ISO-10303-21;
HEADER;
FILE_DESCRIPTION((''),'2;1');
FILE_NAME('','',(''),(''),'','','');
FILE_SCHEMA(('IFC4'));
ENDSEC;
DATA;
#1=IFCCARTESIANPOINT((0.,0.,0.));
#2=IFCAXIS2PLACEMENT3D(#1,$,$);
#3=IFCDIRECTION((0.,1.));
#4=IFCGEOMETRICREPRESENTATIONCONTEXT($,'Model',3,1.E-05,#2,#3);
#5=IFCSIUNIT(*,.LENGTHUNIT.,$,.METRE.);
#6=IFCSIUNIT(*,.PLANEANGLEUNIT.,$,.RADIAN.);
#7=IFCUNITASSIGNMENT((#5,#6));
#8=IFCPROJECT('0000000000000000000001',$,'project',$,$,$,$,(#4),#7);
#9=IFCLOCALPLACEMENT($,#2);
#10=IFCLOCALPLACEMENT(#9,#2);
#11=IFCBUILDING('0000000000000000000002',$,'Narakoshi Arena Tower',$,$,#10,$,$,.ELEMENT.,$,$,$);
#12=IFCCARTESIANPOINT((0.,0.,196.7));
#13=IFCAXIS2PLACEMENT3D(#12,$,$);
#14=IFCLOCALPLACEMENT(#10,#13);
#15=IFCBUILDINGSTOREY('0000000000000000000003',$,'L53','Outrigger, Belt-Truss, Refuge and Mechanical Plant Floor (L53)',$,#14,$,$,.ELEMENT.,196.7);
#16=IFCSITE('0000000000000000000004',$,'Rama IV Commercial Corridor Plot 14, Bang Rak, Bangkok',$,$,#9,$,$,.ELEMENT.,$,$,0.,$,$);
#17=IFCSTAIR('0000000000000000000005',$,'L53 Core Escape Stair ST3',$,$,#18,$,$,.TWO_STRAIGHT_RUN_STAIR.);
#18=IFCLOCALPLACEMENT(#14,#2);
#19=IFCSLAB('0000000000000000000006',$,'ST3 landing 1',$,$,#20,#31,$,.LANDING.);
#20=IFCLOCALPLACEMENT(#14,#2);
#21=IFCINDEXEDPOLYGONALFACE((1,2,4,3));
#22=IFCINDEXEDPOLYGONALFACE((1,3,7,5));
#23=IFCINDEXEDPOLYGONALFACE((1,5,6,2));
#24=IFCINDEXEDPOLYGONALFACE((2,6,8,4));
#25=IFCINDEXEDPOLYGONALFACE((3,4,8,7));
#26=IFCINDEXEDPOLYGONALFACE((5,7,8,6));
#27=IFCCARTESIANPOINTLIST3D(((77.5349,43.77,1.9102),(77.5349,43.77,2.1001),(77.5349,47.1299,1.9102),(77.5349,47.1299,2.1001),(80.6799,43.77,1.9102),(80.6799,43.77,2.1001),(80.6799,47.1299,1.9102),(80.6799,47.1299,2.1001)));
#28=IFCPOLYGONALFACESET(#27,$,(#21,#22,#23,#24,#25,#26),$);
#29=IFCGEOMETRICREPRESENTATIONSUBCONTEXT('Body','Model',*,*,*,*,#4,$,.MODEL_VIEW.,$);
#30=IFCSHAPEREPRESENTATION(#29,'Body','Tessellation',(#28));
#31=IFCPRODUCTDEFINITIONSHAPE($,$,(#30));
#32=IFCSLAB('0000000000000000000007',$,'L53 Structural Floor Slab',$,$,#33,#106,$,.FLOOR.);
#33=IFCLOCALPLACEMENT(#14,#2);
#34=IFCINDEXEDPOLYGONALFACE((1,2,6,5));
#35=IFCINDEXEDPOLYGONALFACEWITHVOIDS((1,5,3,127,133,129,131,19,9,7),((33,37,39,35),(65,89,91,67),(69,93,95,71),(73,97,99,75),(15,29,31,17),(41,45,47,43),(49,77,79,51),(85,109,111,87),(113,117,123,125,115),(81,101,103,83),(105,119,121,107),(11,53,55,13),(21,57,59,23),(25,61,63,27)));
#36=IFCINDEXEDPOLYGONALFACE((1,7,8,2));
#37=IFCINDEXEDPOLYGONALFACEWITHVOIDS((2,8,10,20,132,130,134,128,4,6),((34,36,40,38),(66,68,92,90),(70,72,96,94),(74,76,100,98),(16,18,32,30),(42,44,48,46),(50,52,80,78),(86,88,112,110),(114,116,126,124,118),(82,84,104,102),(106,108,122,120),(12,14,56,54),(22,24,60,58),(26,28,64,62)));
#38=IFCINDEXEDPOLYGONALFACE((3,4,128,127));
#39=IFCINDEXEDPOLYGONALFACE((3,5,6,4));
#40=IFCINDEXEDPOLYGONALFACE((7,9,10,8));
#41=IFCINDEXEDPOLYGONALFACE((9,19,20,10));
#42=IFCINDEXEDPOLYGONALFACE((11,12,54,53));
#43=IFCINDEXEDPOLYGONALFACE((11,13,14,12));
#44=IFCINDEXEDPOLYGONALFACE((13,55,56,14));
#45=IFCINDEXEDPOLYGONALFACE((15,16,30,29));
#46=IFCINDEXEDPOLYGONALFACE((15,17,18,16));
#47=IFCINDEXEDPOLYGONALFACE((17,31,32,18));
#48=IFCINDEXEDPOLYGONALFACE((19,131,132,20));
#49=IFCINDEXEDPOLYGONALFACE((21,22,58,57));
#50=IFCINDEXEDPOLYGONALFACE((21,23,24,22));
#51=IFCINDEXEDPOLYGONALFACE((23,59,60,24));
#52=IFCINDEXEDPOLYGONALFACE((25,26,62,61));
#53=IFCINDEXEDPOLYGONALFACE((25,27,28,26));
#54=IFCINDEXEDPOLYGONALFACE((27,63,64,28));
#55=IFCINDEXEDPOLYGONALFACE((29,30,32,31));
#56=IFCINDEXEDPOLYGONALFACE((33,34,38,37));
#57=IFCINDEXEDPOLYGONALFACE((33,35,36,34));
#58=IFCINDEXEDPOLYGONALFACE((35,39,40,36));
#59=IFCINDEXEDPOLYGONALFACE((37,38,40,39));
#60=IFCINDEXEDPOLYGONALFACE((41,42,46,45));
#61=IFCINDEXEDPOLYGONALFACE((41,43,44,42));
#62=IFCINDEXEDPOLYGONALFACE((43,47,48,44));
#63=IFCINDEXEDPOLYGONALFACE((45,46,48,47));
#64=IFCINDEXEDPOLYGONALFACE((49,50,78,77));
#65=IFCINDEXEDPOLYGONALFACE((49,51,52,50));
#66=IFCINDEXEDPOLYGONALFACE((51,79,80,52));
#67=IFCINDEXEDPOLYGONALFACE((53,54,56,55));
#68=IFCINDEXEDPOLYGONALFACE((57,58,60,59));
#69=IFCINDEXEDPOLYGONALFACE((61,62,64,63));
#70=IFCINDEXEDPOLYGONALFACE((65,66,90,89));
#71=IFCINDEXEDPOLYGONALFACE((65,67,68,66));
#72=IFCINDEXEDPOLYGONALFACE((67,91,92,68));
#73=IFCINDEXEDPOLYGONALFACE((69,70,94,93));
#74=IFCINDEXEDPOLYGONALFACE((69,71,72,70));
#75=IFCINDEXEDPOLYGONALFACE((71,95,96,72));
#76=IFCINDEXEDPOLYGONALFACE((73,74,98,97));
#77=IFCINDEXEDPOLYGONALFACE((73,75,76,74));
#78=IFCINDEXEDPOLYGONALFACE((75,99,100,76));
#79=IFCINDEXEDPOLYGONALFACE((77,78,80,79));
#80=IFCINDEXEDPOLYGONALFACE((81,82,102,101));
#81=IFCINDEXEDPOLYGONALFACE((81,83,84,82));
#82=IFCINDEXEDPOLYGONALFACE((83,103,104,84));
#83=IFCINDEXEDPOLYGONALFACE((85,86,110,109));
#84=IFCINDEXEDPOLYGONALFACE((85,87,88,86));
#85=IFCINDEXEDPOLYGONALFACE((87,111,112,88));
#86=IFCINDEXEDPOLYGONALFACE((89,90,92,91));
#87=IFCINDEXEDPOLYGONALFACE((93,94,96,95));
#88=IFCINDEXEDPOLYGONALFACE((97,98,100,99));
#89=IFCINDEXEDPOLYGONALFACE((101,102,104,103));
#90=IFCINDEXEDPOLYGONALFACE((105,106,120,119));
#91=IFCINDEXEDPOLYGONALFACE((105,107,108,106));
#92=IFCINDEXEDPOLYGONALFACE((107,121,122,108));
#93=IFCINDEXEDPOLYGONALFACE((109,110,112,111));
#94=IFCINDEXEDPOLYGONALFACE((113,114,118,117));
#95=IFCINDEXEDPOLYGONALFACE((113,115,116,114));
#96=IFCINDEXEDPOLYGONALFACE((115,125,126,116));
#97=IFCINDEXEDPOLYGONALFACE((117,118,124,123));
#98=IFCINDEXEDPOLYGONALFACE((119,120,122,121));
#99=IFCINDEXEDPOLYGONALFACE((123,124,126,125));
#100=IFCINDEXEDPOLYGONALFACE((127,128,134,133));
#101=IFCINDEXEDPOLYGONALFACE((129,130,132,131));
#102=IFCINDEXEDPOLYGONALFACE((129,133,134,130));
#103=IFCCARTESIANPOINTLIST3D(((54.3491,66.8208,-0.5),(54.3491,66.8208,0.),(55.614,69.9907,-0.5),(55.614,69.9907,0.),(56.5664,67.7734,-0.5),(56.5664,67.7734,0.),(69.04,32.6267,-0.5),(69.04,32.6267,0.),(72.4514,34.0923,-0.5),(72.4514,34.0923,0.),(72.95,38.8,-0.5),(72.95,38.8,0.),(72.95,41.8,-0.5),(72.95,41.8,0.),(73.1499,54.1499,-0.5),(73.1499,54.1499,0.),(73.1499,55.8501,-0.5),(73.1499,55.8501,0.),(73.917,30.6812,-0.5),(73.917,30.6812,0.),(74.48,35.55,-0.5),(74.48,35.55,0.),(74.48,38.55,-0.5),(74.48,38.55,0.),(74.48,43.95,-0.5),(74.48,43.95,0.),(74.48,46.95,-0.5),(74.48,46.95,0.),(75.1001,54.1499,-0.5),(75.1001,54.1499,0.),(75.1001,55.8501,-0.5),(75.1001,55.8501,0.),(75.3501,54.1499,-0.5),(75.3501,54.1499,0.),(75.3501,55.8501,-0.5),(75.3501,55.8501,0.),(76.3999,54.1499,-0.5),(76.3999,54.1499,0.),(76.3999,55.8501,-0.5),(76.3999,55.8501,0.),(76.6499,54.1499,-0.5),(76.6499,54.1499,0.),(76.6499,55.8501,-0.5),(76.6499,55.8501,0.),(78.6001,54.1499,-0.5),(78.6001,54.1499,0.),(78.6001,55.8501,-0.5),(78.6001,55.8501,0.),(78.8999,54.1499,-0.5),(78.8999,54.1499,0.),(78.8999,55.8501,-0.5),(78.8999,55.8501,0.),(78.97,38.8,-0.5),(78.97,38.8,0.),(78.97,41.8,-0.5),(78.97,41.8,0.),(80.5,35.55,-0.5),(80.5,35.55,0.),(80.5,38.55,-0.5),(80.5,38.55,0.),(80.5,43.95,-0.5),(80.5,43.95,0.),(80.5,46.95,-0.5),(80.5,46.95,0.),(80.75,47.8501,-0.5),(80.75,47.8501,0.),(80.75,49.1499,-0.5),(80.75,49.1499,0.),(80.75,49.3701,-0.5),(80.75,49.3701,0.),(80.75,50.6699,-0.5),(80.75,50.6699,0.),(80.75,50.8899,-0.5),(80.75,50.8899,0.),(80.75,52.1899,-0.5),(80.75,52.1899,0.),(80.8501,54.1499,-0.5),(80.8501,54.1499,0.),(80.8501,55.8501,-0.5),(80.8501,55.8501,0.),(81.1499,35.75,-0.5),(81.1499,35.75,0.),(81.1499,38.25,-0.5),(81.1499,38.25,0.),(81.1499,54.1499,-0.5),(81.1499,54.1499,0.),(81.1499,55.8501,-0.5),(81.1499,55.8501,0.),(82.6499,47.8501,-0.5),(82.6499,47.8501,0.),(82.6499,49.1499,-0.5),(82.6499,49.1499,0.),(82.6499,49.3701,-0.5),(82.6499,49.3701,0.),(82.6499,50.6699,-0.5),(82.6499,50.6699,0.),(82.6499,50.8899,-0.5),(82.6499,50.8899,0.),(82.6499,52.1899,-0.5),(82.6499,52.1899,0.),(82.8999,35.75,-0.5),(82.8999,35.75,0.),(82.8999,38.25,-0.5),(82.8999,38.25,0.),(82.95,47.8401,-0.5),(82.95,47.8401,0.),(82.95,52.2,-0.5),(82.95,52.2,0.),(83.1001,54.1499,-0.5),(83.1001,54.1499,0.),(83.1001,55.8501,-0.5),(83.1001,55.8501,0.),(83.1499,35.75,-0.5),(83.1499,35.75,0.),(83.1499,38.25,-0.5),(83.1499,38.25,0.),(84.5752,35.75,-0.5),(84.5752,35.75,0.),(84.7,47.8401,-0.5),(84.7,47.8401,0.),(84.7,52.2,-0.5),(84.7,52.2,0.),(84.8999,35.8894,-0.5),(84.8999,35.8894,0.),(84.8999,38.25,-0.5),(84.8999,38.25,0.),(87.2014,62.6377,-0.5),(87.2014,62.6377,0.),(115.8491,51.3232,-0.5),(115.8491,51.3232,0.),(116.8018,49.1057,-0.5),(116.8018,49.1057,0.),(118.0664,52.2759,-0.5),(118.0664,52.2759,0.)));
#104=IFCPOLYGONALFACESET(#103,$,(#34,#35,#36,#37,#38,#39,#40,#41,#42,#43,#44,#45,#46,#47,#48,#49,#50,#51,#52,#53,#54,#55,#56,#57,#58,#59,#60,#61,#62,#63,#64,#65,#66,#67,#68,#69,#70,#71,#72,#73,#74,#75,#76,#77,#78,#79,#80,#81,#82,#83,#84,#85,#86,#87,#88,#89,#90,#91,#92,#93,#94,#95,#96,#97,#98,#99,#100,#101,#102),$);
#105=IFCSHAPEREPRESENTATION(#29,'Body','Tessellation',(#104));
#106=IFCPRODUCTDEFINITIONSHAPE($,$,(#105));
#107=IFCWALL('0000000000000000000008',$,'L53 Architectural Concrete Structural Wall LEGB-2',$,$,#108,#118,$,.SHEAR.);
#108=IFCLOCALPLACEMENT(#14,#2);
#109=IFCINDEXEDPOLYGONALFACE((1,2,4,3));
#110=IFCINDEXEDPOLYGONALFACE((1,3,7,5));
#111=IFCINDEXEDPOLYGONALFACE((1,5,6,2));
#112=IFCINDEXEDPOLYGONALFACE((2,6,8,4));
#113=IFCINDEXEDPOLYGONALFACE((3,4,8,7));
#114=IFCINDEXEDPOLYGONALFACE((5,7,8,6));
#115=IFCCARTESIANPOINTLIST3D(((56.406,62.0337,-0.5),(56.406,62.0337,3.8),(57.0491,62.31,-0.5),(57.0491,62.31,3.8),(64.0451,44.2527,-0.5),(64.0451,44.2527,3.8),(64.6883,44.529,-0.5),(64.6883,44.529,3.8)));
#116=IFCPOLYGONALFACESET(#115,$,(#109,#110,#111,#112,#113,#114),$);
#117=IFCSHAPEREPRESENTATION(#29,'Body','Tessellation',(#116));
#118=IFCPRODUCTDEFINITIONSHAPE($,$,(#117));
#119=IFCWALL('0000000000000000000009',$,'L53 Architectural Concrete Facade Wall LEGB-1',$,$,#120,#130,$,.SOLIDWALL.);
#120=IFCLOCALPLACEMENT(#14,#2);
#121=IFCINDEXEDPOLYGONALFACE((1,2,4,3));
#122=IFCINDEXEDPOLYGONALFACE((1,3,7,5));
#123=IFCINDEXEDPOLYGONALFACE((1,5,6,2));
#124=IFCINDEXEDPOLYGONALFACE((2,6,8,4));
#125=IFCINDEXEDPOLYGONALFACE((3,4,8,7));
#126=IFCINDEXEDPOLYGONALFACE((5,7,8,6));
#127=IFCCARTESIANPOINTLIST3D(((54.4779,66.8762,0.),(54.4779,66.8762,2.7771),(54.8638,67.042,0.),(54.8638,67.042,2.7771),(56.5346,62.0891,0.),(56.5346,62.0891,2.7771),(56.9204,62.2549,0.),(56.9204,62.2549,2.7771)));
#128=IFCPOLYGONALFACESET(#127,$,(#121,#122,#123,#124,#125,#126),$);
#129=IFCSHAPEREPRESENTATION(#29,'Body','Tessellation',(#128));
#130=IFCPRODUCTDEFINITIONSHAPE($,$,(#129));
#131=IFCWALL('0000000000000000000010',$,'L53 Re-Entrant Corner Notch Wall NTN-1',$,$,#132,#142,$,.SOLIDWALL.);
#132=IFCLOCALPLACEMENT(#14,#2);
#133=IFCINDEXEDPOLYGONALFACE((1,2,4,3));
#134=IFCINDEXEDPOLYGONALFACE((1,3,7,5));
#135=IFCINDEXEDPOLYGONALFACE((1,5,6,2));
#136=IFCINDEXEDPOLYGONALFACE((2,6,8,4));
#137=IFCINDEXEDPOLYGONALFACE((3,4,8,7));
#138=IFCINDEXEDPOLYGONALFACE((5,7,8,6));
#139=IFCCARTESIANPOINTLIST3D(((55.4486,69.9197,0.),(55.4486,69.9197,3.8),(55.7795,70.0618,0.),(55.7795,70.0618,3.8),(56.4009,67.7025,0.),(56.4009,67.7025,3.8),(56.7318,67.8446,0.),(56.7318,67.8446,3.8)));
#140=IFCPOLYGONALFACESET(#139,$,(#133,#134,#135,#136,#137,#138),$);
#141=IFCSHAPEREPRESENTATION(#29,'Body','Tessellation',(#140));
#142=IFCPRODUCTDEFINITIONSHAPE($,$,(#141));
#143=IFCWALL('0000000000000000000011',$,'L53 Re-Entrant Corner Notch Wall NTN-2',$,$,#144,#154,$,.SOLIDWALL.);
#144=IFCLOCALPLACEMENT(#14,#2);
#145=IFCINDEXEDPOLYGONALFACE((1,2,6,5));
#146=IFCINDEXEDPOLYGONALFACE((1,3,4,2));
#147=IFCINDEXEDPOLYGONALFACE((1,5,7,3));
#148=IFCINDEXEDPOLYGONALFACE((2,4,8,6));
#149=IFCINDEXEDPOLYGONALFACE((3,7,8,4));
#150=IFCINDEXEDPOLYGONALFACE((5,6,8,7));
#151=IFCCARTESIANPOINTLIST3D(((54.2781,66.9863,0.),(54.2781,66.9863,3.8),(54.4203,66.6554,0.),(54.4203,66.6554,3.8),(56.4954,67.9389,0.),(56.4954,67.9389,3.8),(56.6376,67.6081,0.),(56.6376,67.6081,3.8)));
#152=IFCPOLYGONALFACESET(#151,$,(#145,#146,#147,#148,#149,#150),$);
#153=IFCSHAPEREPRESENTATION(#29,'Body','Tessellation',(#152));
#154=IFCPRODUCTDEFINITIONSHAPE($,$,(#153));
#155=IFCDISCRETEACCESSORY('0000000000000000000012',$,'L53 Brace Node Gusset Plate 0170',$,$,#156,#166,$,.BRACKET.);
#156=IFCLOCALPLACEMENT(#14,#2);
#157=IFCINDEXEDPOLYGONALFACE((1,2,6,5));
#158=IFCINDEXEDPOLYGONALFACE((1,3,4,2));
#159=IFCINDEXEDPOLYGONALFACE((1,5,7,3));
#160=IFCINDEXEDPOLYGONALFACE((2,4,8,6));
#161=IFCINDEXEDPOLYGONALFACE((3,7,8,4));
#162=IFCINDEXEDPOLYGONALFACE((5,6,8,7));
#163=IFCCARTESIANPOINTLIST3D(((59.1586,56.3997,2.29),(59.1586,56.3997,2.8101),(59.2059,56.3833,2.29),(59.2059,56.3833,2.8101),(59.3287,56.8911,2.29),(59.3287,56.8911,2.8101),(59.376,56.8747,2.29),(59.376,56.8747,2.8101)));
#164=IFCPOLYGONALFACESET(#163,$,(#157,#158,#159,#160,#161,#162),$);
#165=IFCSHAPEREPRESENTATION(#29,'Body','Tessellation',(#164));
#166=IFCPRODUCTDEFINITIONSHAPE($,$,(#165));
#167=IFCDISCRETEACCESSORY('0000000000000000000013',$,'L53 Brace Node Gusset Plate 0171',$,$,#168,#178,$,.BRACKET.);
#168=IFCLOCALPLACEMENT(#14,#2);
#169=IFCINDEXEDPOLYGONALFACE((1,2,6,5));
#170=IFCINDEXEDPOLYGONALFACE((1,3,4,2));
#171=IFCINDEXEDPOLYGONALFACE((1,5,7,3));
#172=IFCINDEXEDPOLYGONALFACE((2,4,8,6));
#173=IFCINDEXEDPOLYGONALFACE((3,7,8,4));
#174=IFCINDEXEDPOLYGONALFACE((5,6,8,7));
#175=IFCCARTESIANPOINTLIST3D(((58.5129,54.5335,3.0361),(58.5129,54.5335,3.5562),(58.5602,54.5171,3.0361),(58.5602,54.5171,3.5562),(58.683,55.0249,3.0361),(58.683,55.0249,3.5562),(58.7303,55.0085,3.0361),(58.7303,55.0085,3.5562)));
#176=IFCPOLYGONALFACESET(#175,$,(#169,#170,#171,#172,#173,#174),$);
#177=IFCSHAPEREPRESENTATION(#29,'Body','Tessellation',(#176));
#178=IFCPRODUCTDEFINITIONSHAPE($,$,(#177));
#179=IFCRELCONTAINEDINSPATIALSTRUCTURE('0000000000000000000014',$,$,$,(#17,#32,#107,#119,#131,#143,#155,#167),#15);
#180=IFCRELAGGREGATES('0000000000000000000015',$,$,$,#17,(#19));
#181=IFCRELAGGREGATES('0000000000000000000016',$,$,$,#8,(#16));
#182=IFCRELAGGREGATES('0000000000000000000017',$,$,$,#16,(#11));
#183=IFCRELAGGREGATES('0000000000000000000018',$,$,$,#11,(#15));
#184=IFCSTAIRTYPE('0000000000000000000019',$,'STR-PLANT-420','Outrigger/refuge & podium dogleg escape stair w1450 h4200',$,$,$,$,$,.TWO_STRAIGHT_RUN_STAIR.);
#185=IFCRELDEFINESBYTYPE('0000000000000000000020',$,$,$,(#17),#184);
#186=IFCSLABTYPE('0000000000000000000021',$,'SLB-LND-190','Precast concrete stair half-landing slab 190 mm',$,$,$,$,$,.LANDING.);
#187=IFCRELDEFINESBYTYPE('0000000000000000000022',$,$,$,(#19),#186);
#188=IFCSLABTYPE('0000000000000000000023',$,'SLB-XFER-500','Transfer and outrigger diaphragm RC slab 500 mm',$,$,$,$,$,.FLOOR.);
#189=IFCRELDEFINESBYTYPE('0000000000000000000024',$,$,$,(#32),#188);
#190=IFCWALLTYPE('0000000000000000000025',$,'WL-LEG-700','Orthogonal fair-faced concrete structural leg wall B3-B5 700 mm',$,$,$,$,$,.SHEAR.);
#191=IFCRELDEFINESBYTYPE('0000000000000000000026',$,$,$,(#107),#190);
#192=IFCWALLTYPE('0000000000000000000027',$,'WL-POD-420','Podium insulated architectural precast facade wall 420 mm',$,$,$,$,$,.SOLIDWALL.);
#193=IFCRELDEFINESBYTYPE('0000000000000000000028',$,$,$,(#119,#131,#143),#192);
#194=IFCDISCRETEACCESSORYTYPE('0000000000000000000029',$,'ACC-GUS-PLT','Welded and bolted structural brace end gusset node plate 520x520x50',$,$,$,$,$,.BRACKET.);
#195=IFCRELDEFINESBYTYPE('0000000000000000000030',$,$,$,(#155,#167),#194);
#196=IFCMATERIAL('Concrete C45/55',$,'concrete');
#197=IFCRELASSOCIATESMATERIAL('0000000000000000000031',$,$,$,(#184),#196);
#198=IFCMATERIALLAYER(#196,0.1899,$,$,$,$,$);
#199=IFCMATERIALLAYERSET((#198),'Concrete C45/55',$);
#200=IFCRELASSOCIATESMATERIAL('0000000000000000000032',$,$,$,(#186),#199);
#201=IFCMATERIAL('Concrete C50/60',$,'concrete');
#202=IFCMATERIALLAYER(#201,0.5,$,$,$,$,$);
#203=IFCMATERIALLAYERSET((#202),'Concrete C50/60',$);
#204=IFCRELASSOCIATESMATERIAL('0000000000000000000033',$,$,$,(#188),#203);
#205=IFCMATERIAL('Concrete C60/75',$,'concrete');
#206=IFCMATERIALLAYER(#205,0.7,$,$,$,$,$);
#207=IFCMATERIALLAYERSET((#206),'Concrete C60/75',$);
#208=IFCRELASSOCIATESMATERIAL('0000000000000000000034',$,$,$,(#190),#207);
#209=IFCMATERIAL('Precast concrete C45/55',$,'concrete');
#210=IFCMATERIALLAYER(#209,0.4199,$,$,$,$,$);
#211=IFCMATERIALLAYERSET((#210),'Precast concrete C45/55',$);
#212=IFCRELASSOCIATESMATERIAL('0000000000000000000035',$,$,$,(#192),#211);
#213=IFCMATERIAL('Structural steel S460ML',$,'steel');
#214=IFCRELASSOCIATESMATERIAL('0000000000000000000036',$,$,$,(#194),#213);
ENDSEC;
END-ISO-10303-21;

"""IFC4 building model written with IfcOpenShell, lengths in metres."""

from ifc_helpers import new_model, si_unit, direction, frame, frame_2d, origin, origin_2d, place, context, subcontext, project, spatial, polyline, rectangle, outline, extrude, material, layer, layer_set, type_object, element, aggregate, save


model = new_model("IFC4")

# Units and contexts
model_context = context("Model", 3, precision=1e-05, world=origin(), true_north=direction((0.0, 1.0)))
body_context = subcontext(model_context, "Body", "Model", "MODEL_VIEW")
ifc_project = project(units=[si_unit("LENGTHUNIT", "METRE"), si_unit("PLANEANGLEUNIT", "RADIAN")], contexts=[model_context])

# Site, building, storey
site_placement = place(None, origin())
site = spatial("IfcSite", under=ifc_project, at=site_placement, Name="Rama IV Commercial Corridor Plot 14, Bang Rak, Bangkok", CompositionType="ELEMENT", RefElevation=0.0)
building_placement = place(site_placement, origin())
building = spatial("IfcBuilding", under=site, at=building_placement, Name="Narakoshi Arena Tower", CompositionType="ELEMENT")
storey_placement = place(building_placement, frame((0.0, 0.0, 196.7)))
storey = spatial("IfcBuildingStorey", under=building, at=storey_placement, Name="L53", Description="Outrigger, Belt-Truss, Refuge and Mechanical Plant Floor (L53)", CompositionType="ELEMENT", Elevation=196.7)

# Shared definitions
ifc_material_1 = material(Name="Structural steel S460ML", Category="steel")

# Stair, slab
ifc_material_2 = material(Name="Concrete C45/55", Category="concrete")
stair_type = type_object("IfcStairType", Name="STR-PLANT-420", Description="Outrigger/refuge & podium dogleg escape stair w1450 h4200", PredefinedType="TWO_STRAIGHT_RUN_STAIR", material=ifc_material_2)
ifc_layer_1 = layer(ifc_material_2, 0.1899)
ifc_layer_set_1 = layer_set([ifc_layer_1], Name="Concrete C45/55")
slab_type_1 = type_object("IfcSlabType", Name="SLB-LND-190", Description="Precast concrete stair half-landing slab 190 mm", PredefinedType="LANDING", material=ifc_layer_set_1)
stair_1_placement = place(storey_placement, origin())
stair_1 = element("IfcStair", 1, at=stair_1_placement, inside=storey, type_object=stair_type, Name="L53 Core Escape Stair ST3", PredefinedType="TWO_STRAIGHT_RUN_STAIR")
slab_1_placement = place(storey_placement, frame((0.0, 0.0, 1.9102)))
slab_1 = element("IfcSlab", 2, at=slab_1_placement, type_object=slab_type_1, Name="ST3 landing 1", PredefinedType="LANDING", context=body_context, shape_type="SweptSolid", body=[
    extrude(outline(polyline([(77.5349, 43.77), (80.6799, 43.77), (80.6799, 47.1299), (77.5349, 47.1299), (77.5349, 43.77)])), origin(), (0.0, 0.0, 1.0), 0.1899),
])
aggregate(stair_1, [slab_1])

# Slab
ifc_material_3 = material(Name="Concrete C50/60", Category="concrete")
ifc_layer_2 = layer(ifc_material_3, 0.5)
ifc_layer_set_2 = layer_set([ifc_layer_2], Name="Concrete C50/60")
slab_type_2 = type_object("IfcSlabType", Name="SLB-XFER-500", Description="Transfer and outrigger diaphragm RC slab 500 mm", PredefinedType="FLOOR", material=ifc_layer_set_2)
slab_2_placement = place(storey_placement, frame((0.0, 0.0, -0.5)))
element("IfcSlab", 3, at=slab_2_placement, inside=storey, type_object=slab_type_2, Name="L53 Structural Floor Slab", PredefinedType="FLOOR", context=body_context, shape_type="SweptSolid", body=[
    extrude(outline(polyline([(73.917, 30.6812), (116.8018, 49.1057), (115.8491, 51.3232), (118.0664, 52.2759), (87.2014, 62.6377), (55.614, 69.9907), (56.5664, 67.7734), (54.3491, 66.8208), (69.04, 32.6267), (72.4514, 34.0923), (73.917, 30.6812)]), holes=[polyline([(80.5, 35.55), (74.48, 35.55), (74.48, 38.55), (80.5, 38.55), (80.5, 35.55)]), polyline([(82.8999, 35.75), (81.1499, 35.75), (81.1499, 38.25), (82.8999, 38.25), (82.8999, 35.75)]), polyline([(84.5752, 35.75), (83.1499, 35.75), (83.1499, 38.25), (84.8999, 38.25), (84.8999, 35.8894), (84.5752, 35.75)]), polyline([(72.95, 38.8), (72.95, 41.8), (78.97, 41.8), (78.97, 38.8), (72.95, 38.8)]), polyline([(74.48, 43.95), (74.48, 46.95), (80.5, 46.95), (80.5, 43.95), (74.48, 43.95)]), polyline([(82.95, 47.8401), (82.95, 52.2), (84.7, 52.2), (84.7, 47.8401), (82.95, 47.8401)]), polyline([(80.75, 47.8501), (80.75, 49.1499), (82.6499, 49.1499), (82.6499, 47.8501), (80.75, 47.8501)]), polyline([(80.75, 49.3701), (80.75, 50.6699), (82.6499, 50.6699), (82.6499, 49.3701), (80.75, 49.3701)]), polyline([(80.75, 50.8899), (80.75, 52.1899), (82.6499, 52.1899), (82.6499, 50.8899), (80.75, 50.8899)]), polyline([(73.1499, 54.1499), (73.1499, 55.8501), (75.1001, 55.8501), (75.1001, 54.1499), (73.1499, 54.1499)]), polyline([(75.3501, 54.1499), (75.3501, 55.8501), (76.3999, 55.8501), (76.3999, 54.1499), (75.3501, 54.1499)]), polyline([(76.6499, 54.1499), (76.6499, 55.8501), (78.6001, 55.8501), (78.6001, 54.1499), (76.6499, 54.1499)]), polyline([(78.8999, 54.1499), (78.8999, 55.8501), (80.8501, 55.8501), (80.8501, 54.1499), (78.8999, 54.1499)]), polyline([(81.1499, 54.1499), (81.1499, 55.8501), (83.1001, 55.8501), (83.1001, 54.1499), (81.1499, 54.1499)])]), origin(), (0.0, 0.0, 1.0), 0.5),
])

# Walls
ifc_material_4 = material(Name="Concrete C60/75", Category="concrete")
ifc_layer_3 = layer(ifc_material_4, 0.7)
ifc_layer_set_3 = layer_set([ifc_layer_3], Name="Concrete C60/75")
wall_type_1 = type_object("IfcWallType", Name="WL-LEG-700", Description="Orthogonal fair-faced concrete structural leg wall B3-B5 700 mm", PredefinedType="SHEAR", material=ifc_layer_set_3)
wall_1_placement = place(storey_placement, frame((56.7275, 62.1719, -0.5), z_axis=(0.0, 0.0, 1.0), x_axis=(0.394737, -0.918794, 0.0)))
element("IfcWall", 4, at=wall_1_placement, inside=storey, type_object=wall_type_1, Name="L53 Architectural Concrete Structural Wall LEGB-2", PredefinedType="SHEAR", context=body_context, shape_type="SweptSolid", body=[
    extrude(rectangle(XDim=19.3525, YDim=0.7, at=frame_2d((9.6763, 0.0))), origin(), (0.0, 0.0, 1.0), 4.3),
])
ifc_material_5 = material(Name="Precast concrete C45/55", Category="concrete")
ifc_layer_4 = layer(ifc_material_5, 0.4199)
ifc_layer_set_4 = layer_set([ifc_layer_4], Name="Precast concrete C45/55")
wall_type_2 = type_object("IfcWallType", Name="WL-POD-420", Description="Podium insulated architectural precast facade wall 420 mm", PredefinedType="SOLIDWALL", material=ifc_layer_set_4)
wall_2_placement = place(storey_placement, frame((54.6709, 66.959, 0.0), z_axis=(0.0, 0.0, 1.0), x_axis=(0.394734, -0.918796, 0.0)))
element("IfcWall", 5, at=wall_2_placement, inside=storey, type_object=wall_type_2, Name="L53 Architectural Concrete Facade Wall LEGB-1", PredefinedType="SOLIDWALL", context=body_context, shape_type="SweptSolid", body=[
    extrude(rectangle(XDim=5.2102, YDim=0.4199, at=frame_2d((2.605, 0.0))), origin(), (0.0, 0.0, 1.0), 2.7771),
])
wall_3_placement = place(storey_placement, frame((55.614, 69.9907, 0.0), z_axis=(0.0, 0.0, 1.0), x_axis=(0.394664, -0.918826, 0.0)))
element("IfcWall", 6, at=wall_3_placement, inside=storey, type_object=wall_type_2, Name="L53 Re-Entrant Corner Notch Wall NTN-1", PredefinedType="SOLIDWALL", context=body_context, shape_type="SweptSolid", body=[
    extrude(rectangle(XDim=2.4131, YDim=0.3601, at=frame_2d((1.2065, 0.0))), origin(), (0.0, 0.0, 1.0), 3.8),
])
wall_4_placement = place(storey_placement, frame((56.5664, 67.7734, 0.0), z_axis=(0.0, 0.0, 1.0), x_axis=(-0.918789, -0.394749, 0.0)))
element("IfcWall", 7, at=wall_4_placement, inside=storey, type_object=wall_type_2, Name="L53 Re-Entrant Corner Notch Wall NTN-2", PredefinedType="SOLIDWALL", context=body_context, shape_type="SweptSolid", body=[
    extrude(rectangle(XDim=2.4133, YDim=0.3601, at=frame_2d((1.2065, 0.0))), origin(), (0.0, 0.0, 1.0), 3.8),
])

# Discrete accessories
discrete_accessory_type = type_object("IfcDiscreteAccessoryType", Name="ACC-GUS-PLT", Description="Welded and bolted structural brace end gusset node plate 520x520x50", PredefinedType="BRACKET", material=ifc_material_1)
for number, where, z_axis, x_axis, name in (
    (8, (59.2673, 56.6372, 2.29), (0.0, 0.0, 1.0), (0.327053, 0.945006, 0.0), "L53 Brace Node Gusset Plate 0170"),
    (9, (58.6216, 54.771, 3.0361), (0.0, 0.0, 1.0), (0.327053, 0.945006, 0.0), "L53 Brace Node Gusset Plate 0171"),
):
    element("IfcDiscreteAccessory", number, at=place(storey_placement, frame(where, z_axis=z_axis, x_axis=x_axis)), inside=storey, type_object=discrete_accessory_type, Name=name, PredefinedType="BRACKET", context=body_context, shape_type="SweptSolid", body=[
        extrude(rectangle(XDim=0.52, YDim=0.05, at=origin_2d()), origin(), (0.0, 0.0, 1.0), 0.52),
    ])

save(model, "model.ifc")
